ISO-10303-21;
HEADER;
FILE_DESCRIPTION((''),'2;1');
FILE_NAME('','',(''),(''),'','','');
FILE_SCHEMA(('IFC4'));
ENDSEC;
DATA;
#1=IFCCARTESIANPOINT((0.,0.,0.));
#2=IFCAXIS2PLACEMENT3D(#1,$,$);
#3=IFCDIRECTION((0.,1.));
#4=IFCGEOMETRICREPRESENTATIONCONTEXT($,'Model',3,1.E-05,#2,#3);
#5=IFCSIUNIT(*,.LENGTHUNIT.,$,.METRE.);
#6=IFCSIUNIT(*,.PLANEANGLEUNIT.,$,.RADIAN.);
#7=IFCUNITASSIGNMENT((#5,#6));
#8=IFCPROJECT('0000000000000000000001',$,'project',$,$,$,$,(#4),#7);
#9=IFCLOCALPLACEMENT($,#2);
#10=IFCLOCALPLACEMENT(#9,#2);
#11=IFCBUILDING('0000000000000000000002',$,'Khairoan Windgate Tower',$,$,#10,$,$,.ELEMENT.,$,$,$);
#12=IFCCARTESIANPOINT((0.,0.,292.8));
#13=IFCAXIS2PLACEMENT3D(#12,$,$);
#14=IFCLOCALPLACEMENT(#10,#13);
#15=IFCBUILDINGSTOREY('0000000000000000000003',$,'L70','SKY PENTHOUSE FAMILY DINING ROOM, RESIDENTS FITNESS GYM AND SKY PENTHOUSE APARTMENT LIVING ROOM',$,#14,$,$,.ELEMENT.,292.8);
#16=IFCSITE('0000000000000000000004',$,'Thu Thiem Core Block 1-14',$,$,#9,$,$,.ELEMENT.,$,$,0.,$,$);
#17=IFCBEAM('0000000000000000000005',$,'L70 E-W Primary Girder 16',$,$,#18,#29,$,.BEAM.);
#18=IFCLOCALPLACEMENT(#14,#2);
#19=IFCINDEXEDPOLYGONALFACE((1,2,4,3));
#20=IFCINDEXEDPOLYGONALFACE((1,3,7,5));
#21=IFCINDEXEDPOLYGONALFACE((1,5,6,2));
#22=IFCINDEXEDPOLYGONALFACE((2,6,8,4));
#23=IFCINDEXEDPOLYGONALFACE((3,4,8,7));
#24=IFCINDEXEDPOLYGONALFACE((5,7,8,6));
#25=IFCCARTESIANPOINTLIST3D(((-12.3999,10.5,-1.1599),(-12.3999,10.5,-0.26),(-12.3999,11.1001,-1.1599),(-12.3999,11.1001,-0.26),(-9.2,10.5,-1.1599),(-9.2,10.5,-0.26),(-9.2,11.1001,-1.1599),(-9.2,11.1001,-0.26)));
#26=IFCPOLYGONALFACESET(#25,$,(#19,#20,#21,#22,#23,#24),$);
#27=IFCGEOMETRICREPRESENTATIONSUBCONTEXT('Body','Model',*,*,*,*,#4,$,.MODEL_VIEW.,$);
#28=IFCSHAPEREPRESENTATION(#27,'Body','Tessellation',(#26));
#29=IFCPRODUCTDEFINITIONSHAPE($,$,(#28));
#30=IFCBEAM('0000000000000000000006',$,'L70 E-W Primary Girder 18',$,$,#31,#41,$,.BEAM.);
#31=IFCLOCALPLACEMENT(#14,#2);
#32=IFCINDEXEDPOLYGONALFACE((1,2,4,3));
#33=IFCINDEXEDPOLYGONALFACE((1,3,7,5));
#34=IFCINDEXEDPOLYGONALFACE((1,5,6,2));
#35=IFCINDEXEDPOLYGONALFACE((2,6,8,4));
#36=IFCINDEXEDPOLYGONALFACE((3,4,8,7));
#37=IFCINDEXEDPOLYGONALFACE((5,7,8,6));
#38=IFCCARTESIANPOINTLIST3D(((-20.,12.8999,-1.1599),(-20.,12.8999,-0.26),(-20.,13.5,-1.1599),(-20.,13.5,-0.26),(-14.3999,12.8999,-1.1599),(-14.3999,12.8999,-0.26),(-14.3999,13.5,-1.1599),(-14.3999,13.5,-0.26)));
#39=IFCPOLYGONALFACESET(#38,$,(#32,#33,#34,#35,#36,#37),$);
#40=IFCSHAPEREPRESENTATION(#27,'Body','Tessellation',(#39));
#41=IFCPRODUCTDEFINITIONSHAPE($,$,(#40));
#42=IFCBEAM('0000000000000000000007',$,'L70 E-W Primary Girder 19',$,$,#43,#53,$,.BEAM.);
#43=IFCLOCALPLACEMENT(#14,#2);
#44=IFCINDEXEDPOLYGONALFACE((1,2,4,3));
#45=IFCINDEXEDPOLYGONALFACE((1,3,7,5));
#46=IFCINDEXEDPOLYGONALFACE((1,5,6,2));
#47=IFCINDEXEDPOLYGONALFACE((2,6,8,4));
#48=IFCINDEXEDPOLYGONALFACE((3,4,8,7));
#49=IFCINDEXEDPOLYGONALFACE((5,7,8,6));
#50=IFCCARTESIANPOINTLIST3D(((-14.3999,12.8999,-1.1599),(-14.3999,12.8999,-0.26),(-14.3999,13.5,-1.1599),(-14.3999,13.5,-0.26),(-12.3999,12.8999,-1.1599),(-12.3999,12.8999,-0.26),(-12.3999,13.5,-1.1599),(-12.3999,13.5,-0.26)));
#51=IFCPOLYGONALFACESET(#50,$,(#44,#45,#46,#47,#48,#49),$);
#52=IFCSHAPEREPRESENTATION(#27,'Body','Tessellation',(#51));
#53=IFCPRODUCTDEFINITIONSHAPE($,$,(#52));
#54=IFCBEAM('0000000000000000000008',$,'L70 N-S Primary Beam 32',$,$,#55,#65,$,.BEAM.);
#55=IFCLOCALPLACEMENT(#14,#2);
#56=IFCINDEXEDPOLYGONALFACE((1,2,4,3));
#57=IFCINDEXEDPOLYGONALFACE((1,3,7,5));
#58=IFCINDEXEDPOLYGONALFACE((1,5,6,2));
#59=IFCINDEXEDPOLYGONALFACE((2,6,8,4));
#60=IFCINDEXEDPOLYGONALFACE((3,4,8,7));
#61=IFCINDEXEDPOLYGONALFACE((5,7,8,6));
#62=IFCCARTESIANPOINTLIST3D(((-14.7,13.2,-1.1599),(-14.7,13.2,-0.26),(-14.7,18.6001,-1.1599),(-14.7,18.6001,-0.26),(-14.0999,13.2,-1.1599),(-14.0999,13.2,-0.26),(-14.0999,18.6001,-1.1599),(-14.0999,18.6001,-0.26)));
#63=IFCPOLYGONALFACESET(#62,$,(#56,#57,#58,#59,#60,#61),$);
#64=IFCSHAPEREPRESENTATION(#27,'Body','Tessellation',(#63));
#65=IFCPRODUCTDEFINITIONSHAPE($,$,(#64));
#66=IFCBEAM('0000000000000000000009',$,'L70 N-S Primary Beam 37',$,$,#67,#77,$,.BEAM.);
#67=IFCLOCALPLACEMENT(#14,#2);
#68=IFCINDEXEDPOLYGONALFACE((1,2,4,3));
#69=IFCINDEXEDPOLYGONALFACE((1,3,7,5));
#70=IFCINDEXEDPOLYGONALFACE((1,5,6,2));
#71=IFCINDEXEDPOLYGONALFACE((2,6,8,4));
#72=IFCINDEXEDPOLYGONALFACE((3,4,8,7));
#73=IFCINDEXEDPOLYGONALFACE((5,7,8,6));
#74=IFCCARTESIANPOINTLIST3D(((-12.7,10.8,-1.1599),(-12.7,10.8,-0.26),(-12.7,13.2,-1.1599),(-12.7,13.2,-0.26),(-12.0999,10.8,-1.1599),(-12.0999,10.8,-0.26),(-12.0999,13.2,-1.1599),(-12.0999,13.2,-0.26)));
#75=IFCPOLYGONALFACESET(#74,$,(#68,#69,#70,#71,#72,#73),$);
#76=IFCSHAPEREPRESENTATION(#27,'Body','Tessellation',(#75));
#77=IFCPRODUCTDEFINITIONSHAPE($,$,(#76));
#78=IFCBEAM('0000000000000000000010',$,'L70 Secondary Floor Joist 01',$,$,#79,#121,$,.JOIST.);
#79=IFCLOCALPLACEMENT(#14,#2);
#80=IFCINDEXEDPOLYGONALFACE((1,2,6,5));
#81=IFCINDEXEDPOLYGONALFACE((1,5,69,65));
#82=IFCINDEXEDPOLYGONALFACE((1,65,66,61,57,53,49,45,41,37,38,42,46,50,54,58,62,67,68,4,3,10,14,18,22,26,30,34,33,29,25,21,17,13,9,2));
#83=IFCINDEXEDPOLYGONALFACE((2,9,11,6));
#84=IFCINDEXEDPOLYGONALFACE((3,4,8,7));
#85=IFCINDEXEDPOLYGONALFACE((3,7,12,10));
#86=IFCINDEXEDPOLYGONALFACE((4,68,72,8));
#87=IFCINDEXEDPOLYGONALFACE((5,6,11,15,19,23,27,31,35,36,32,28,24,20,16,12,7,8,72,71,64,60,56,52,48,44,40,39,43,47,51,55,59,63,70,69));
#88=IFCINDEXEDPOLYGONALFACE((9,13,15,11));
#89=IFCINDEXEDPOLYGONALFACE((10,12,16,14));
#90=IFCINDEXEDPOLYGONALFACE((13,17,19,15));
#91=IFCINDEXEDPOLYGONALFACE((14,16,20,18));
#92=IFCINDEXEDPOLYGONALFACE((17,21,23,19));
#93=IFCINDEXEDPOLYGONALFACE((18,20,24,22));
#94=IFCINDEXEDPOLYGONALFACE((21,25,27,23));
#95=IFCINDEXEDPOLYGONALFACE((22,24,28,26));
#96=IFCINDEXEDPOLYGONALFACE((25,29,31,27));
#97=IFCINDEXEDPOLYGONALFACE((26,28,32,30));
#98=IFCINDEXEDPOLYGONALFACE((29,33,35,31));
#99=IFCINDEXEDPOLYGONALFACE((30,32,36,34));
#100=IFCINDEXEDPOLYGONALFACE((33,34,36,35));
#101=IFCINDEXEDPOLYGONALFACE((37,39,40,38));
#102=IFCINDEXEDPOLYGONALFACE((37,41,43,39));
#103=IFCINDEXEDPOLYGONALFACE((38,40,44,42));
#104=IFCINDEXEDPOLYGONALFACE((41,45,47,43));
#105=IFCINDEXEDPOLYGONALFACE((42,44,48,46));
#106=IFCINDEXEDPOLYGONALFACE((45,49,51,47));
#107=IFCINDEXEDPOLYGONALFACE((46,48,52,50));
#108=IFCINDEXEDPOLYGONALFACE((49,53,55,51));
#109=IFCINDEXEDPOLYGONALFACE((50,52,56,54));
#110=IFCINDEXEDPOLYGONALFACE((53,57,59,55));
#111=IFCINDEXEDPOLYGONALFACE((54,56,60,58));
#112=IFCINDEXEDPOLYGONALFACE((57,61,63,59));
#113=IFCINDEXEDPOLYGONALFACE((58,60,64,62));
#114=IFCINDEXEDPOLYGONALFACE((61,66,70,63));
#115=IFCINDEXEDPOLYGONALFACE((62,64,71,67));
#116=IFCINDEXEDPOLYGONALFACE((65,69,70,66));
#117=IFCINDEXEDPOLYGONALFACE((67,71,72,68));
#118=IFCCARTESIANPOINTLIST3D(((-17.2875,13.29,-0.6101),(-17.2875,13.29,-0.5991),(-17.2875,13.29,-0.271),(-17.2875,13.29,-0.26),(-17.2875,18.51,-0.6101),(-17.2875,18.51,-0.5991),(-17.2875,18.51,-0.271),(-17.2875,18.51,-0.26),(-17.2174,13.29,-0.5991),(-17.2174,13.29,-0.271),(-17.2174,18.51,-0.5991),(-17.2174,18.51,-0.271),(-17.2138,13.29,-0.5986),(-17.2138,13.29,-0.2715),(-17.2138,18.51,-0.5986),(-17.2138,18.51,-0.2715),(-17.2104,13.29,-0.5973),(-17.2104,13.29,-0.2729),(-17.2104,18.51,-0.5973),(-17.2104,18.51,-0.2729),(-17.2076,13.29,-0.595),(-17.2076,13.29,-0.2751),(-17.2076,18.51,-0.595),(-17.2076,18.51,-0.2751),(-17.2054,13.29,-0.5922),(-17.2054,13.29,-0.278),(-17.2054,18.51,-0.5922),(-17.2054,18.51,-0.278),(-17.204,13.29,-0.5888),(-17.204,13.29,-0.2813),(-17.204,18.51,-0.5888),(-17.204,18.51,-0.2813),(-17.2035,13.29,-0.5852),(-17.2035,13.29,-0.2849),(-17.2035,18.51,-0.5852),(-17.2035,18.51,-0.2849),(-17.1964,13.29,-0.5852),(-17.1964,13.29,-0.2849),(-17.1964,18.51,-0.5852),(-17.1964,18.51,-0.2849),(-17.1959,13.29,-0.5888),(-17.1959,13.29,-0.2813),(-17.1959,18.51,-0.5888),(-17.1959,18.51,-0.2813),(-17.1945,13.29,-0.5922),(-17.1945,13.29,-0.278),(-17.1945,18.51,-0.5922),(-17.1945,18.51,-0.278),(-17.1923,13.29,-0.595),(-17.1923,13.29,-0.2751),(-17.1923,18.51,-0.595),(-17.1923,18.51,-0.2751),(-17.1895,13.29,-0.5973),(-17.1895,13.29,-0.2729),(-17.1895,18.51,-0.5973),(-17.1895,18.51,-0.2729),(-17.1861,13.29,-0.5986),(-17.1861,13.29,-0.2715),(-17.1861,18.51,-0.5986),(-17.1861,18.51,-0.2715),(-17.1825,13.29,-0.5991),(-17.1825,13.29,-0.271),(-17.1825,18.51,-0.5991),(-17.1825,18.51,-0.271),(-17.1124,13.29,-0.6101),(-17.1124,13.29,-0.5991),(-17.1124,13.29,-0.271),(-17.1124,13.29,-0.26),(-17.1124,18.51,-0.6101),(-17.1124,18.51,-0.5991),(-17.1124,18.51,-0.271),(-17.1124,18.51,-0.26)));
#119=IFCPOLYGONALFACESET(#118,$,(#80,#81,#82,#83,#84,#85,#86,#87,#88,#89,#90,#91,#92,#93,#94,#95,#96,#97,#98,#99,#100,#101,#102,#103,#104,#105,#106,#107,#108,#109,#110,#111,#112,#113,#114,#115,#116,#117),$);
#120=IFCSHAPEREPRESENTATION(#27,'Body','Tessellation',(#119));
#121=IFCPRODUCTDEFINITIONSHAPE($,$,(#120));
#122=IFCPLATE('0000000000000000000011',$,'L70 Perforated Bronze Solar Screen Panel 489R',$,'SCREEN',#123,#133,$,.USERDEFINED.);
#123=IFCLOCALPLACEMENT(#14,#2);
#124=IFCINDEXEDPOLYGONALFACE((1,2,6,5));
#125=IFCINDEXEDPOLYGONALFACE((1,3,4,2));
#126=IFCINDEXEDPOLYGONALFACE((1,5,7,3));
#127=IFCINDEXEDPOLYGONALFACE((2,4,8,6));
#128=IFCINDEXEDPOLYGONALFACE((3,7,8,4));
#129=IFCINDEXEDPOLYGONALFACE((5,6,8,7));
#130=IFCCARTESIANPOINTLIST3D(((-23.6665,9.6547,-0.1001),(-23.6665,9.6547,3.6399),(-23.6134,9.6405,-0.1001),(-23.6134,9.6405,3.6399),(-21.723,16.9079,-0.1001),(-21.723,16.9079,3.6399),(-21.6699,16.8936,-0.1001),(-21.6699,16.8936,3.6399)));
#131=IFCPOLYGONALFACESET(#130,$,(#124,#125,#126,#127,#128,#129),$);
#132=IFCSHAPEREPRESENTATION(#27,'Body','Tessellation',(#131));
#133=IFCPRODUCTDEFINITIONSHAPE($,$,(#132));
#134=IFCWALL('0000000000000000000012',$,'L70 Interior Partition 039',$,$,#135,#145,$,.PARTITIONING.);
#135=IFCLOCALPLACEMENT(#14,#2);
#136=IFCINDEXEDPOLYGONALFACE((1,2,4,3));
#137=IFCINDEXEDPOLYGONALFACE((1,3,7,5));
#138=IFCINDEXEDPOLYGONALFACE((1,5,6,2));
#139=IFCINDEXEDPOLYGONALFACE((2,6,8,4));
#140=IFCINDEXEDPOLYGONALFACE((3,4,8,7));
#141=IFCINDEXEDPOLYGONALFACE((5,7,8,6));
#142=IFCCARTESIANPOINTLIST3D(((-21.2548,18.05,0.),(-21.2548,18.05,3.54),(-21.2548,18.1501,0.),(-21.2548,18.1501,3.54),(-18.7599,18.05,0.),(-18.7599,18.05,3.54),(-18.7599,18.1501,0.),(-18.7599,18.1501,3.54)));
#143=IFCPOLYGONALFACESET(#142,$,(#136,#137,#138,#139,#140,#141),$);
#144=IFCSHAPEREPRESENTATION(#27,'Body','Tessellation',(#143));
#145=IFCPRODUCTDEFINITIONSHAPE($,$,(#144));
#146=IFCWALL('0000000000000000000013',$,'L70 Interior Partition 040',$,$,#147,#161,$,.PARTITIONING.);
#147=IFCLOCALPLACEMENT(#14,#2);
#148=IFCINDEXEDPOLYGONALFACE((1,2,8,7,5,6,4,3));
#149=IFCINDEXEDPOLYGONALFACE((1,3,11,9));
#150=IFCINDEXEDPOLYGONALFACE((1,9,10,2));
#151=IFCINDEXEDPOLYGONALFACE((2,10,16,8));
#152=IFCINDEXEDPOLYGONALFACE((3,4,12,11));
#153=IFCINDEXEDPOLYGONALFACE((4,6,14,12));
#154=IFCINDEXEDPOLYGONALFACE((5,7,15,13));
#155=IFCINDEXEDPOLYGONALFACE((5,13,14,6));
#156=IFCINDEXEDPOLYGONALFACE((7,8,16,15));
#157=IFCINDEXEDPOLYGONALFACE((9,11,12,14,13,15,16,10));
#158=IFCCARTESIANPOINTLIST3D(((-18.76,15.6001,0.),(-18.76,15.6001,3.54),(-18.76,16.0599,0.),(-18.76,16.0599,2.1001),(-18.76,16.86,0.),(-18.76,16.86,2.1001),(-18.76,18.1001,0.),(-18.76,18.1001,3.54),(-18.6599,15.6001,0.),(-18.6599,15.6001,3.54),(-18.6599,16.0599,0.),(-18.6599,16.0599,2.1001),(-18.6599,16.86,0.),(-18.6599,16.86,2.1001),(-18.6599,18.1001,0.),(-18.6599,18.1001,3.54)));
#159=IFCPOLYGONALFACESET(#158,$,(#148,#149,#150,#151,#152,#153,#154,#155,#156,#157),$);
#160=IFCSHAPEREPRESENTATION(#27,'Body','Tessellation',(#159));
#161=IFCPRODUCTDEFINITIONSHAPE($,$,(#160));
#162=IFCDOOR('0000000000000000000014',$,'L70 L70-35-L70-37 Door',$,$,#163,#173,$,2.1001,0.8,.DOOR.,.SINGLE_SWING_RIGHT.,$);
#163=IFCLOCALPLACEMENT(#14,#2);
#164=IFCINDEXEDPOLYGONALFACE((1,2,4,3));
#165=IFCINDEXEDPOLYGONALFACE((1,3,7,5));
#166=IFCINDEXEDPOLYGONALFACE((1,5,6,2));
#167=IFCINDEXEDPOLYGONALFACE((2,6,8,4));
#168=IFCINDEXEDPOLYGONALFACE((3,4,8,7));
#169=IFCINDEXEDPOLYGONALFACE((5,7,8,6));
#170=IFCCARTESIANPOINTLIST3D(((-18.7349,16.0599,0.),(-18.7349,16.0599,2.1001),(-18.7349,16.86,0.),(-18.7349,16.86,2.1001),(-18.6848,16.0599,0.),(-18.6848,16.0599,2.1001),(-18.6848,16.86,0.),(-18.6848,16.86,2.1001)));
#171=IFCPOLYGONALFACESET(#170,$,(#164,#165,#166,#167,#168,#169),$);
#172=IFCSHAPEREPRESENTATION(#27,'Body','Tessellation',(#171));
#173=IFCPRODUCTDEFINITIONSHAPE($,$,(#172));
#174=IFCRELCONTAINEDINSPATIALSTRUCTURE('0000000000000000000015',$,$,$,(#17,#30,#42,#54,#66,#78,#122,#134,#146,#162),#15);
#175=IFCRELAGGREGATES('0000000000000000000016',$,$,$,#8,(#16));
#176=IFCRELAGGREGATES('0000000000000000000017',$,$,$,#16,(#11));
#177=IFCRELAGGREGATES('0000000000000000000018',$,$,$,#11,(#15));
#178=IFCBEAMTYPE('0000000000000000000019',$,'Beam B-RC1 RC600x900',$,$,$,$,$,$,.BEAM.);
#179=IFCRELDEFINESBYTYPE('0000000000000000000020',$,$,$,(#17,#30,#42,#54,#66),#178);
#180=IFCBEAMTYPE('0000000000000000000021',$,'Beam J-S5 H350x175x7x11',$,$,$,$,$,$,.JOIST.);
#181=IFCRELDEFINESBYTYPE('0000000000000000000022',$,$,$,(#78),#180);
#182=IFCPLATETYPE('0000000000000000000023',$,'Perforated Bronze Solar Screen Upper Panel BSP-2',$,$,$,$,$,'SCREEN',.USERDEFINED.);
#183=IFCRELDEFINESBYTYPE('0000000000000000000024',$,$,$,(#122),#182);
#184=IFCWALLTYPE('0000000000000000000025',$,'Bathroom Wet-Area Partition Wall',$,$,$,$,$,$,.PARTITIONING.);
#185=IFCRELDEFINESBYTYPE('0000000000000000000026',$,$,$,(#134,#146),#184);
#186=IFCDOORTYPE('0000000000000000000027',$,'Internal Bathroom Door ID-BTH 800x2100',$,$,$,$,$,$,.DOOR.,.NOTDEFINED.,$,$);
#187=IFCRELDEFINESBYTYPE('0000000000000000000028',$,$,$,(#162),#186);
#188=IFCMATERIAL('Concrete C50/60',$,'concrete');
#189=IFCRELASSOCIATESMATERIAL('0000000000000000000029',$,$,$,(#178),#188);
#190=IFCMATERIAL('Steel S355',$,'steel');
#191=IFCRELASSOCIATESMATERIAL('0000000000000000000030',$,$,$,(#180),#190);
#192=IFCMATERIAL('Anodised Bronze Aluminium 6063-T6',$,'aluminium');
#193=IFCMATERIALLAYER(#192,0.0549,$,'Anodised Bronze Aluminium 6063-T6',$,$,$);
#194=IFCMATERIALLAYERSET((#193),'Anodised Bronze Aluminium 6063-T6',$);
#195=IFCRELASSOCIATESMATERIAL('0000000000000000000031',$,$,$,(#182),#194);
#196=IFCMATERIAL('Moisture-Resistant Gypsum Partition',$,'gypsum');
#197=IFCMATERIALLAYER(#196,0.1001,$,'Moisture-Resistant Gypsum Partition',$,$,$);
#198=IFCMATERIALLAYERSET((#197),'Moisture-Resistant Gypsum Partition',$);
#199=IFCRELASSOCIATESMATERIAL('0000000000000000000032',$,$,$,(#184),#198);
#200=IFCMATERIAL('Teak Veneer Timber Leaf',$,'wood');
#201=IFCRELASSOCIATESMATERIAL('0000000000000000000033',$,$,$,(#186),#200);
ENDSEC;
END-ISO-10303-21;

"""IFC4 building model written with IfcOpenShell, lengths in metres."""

from ifc_helpers import new_model, si_unit, direction, frame, frame_2d, origin, origin_2d, place, context, subcontext, project, spatial, rectangle, i_section, extrude, material, layer, layer_set, material_profile, profile_set, type_object, element, fill, save


model = new_model("IFC4")

# Units and contexts
model_context = context("Model", 3, precision=1e-05, world=origin(), true_north=direction((0.0, 1.0)))
body_context = subcontext(model_context, "Body", "Model", "MODEL_VIEW")
ifc_project = project(units=[si_unit("LENGTHUNIT", "METRE"), si_unit("PLANEANGLEUNIT", "RADIAN")], contexts=[model_context])

# Site, building, storey
site_placement = place(None, origin())
site = spatial("IfcSite", under=ifc_project, at=site_placement, Name="Thu Thiem Core Block 1-14", CompositionType="ELEMENT", RefElevation=0.0)
building_placement = place(site_placement, origin())
building = spatial("IfcBuilding", under=site, at=building_placement, Name="Khairoan Windgate Tower", CompositionType="ELEMENT")
storey_placement = place(building_placement, frame((0.0, 0.0, 292.8)))
storey = spatial("IfcBuildingStorey", under=building, at=storey_placement, Name="L70", Description="SKY PENTHOUSE FAMILY DINING ROOM, RESIDENTS FITNESS GYM AND SKY PENTHOUSE APARTMENT LIVING ROOM", CompositionType="ELEMENT", Elevation=292.8)

# Beams
ifc_material_1 = material(Name="Concrete C50/60", Category="concrete")
ifc_material_profile_1 = material_profile(ifc_material_1, rectangle(XDim=0.6001, YDim=0.8999, at=origin_2d()))
ifc_profile_set_1 = profile_set([ifc_material_profile_1], Name="Concrete C50/60")
beam_type_1 = type_object("IfcBeamType", Name="Beam B-RC1 RC600x900", PredefinedType="BEAM", material=ifc_profile_set_1)
beam_1_placement = place(storey_placement, frame((-12.3999, 10.8, -0.71), z_axis=(1.0, 0.0, 0.0), x_axis=(0.0, 1.0, 0.0)))
element("IfcBeam", 1, at=beam_1_placement, inside=storey, type_object=beam_type_1, Name="L70 E-W Primary Girder 16", PredefinedType="BEAM", context=body_context, shape_type="SweptSolid", body=[
    extrude(rectangle(XDim=0.6001, YDim=0.8999, at=origin_2d()), origin(), (0.0, 0.0, 1.0), 3.2),
])
beam_2_placement = place(storey_placement, frame((-20.0, 13.2, -0.71), z_axis=(1.0, 0.0, 0.0), x_axis=(0.0, 1.0, 0.0)))
element("IfcBeam", 2, at=beam_2_placement, inside=storey, type_object=beam_type_1, Name="L70 E-W Primary Girder 18", PredefinedType="BEAM", context=body_context, shape_type="SweptSolid", body=[
    extrude(rectangle(XDim=0.6001, YDim=0.8999, at=origin_2d()), origin(), (0.0, 0.0, 1.0), 5.6001),
])
beam_3_placement = place(storey_placement, frame((-14.3999, 13.2, -0.71), z_axis=(1.0, 0.0, 0.0), x_axis=(0.0, 1.0, 0.0)))
element("IfcBeam", 3, at=beam_3_placement, inside=storey, type_object=beam_type_1, Name="L70 E-W Primary Girder 19", PredefinedType="BEAM", context=body_context, shape_type="SweptSolid", body=[
    extrude(rectangle(XDim=0.6001, YDim=0.8999, at=origin_2d()), origin(), (0.0, 0.0, 1.0), 2.0),
])
beam_4_placement = place(storey_placement, frame((-14.3999, 13.2, -0.71), z_axis=(0.0, 1.0, 0.0), x_axis=(-1.0, 0.0, 0.0)))
element("IfcBeam", 4, at=beam_4_placement, inside=storey, type_object=beam_type_1, Name="L70 N-S Primary Beam 32", PredefinedType="BEAM", context=body_context, shape_type="SweptSolid", body=[
    extrude(rectangle(XDim=0.6001, YDim=0.8999, at=origin_2d()), origin(), (0.0, 0.0, 1.0), 5.4001),
])
beam_5_placement = place(storey_placement, frame((-12.3999, 10.8, -0.71), z_axis=(0.0, 1.0, 0.0), x_axis=(-1.0, 0.0, 0.0)))
element("IfcBeam", 5, at=beam_5_placement, inside=storey, type_object=beam_type_1, Name="L70 N-S Primary Beam 37", PredefinedType="BEAM", context=body_context, shape_type="SweptSolid", body=[
    extrude(rectangle(XDim=0.6001, YDim=0.8999, at=origin_2d()), origin(), (0.0, 0.0, 1.0), 2.3999),
])
ifc_material_2 = material(Name="Steel S355", Category="steel")
ifc_material_profile_2 = material_profile(ifc_material_2, i_section(OverallWidth=0.175, OverallDepth=0.3501, WebThickness=0.0071, FlangeThickness=0.011, FilletRadius=0.0139, at=origin_2d()))
ifc_profile_set_2 = profile_set([ifc_material_profile_2], Name="Steel S355")
beam_type_2 = type_object("IfcBeamType", Name="Beam J-S5 H350x175x7x11", PredefinedType="JOIST", material=ifc_profile_set_2)
beam_6_placement = place(storey_placement, frame((-17.2, 13.29, -0.4351), z_axis=(0.0, 1.0, 0.0), x_axis=(-1.0, 0.0, 0.0)))
element("IfcBeam", 6, at=beam_6_placement, inside=storey, type_object=beam_type_2, Name="L70 Secondary Floor Joist 01", PredefinedType="JOIST", context=body_context, shape_type="SweptSolid", body=[
    extrude(i_section(OverallWidth=0.175, OverallDepth=0.3501, WebThickness=0.0071, FlangeThickness=0.011, FilletRadius=0.0139, at=origin_2d()), origin(), (0.0, 0.0, 1.0), 5.22),
])

# Plate
ifc_material_3 = material(Name="Anodised Bronze Aluminium 6063-T6", Category="aluminium")
ifc_layer_1 = layer(ifc_material_3, 0.0549, Name="Anodised Bronze Aluminium 6063-T6")
ifc_layer_set_1 = layer_set([ifc_layer_1], Name="Anodised Bronze Aluminium 6063-T6")
plate_type = type_object("IfcPlateType", Name="Perforated Bronze Solar Screen Upper Panel BSP-2", ElementType="SCREEN", PredefinedType="USERDEFINED", material=ifc_layer_set_1)
plate_placement = place(storey_placement, frame((-22.6682, 13.2742, -0.1001), z_axis=(0.0, 0.0, 1.0), x_axis=(0.258819, 0.965926, 0.0)))
element("IfcPlate", 7, at=plate_placement, inside=storey, type_object=plate_type, Name="L70 Perforated Bronze Solar Screen Panel 489R", ObjectType="SCREEN", PredefinedType="USERDEFINED", context=body_context, shape_type="SweptSolid", body=[
    extrude(rectangle(XDim=7.509, YDim=0.0549, at=origin_2d()), origin(), (0.0, 0.0, 1.0), 3.74),
])

# Wall
ifc_material_4 = material(Name="Moisture-Resistant Gypsum Partition", Category="gypsum")
ifc_layer_2 = layer(ifc_material_4, 0.1001, Name="Moisture-Resistant Gypsum Partition")
ifc_layer_set_2 = layer_set([ifc_layer_2], Name="Moisture-Resistant Gypsum Partition")
wall_type_1 = type_object("IfcWallType", Name="Bathroom Wet-Area Partition Wall", PredefinedType="PARTITIONING", material=ifc_layer_set_2)
wall_1_placement = place(storey_placement, frame((-21.2549, 18.1001, 0.0), z_axis=(0.0, 0.0, 1.0), x_axis=(1.0, 0.0, 0.0)))
element("IfcWall", 8, at=wall_1_placement, inside=storey, type_object=wall_type_1, Name="L70 Interior Partition 039", PredefinedType="PARTITIONING", context=body_context, shape_type="SweptSolid", body=[
    extrude(rectangle(XDim=2.4949, YDim=0.1001, at=frame_2d((1.2476, 0.0))), origin(), (0.0, 0.0, 1.0), 3.54),
])

# Wall, opening, door
wall_2_placement = place(storey_placement, frame((-18.71, 15.6001, 0.0), z_axis=(0.0, 0.0, 1.0), x_axis=(0.0, 1.0, 0.0)))
wall_2 = element("IfcWall", 9, at=wall_2_placement, inside=storey, type_object=wall_type_1, Name="L70 Interior Partition 040", PredefinedType="PARTITIONING", context=body_context, shape_type="SweptSolid", body=[
    extrude(rectangle(XDim=2.5, YDim=0.1001, at=frame_2d((1.25, 0.0))), origin(), (0.0, 0.0, 1.0), 3.54),
])
opening_1_placement = place(wall_2_placement, frame((0.46, 0.0, 0.0)))
opening_1 = element("IfcOpeningElement", 10, at=opening_1_placement, cuts=wall_2, PredefinedType="OPENING", context=body_context, shape_type="SweptSolid", body=[
    extrude(rectangle(XDim=0.8, YDim=2.1001, at=frame_2d((0.3999, 1.05))), frame((0.0, 0.0601, 0.0), z_axis=(0.0, -1.0, 0.0), x_axis=(1.0, 0.0, 0.0)), (0.0, 0.0, 1.0), 0.1201),
])
ifc_material_5 = material(Name="Teak Veneer Timber Leaf", Category="wood")
door_type_1 = type_object("IfcDoorType", Name="Internal Bathroom Door ID-BTH 800x2100", OperationType="NOTDEFINED", PredefinedType="DOOR", material=ifc_material_5)
door_1_placement = place(opening_1_placement, origin())
door_1 = element("IfcDoor", 11, at=door_1_placement, inside=storey, type_object=door_type_1, Name="L70 L70-35-L70-37 Door", OperationType="SINGLE_SWING_RIGHT", OverallHeight=2.1001, OverallWidth=0.8, PredefinedType="DOOR", context=body_context, shape_type="SweptSolid", body=[
    extrude(rectangle(XDim=0.8, YDim=2.1001, at=frame_2d((0.3999, 1.05))), frame((0.0, 0.0249, 0.0), z_axis=(0.0, -1.0, 0.0), x_axis=(1.0, 0.0, 0.0)), (0.0, 0.0, 1.0), 0.05),
])
fill(opening_1, door_1)

save(model, "model.ifc")
